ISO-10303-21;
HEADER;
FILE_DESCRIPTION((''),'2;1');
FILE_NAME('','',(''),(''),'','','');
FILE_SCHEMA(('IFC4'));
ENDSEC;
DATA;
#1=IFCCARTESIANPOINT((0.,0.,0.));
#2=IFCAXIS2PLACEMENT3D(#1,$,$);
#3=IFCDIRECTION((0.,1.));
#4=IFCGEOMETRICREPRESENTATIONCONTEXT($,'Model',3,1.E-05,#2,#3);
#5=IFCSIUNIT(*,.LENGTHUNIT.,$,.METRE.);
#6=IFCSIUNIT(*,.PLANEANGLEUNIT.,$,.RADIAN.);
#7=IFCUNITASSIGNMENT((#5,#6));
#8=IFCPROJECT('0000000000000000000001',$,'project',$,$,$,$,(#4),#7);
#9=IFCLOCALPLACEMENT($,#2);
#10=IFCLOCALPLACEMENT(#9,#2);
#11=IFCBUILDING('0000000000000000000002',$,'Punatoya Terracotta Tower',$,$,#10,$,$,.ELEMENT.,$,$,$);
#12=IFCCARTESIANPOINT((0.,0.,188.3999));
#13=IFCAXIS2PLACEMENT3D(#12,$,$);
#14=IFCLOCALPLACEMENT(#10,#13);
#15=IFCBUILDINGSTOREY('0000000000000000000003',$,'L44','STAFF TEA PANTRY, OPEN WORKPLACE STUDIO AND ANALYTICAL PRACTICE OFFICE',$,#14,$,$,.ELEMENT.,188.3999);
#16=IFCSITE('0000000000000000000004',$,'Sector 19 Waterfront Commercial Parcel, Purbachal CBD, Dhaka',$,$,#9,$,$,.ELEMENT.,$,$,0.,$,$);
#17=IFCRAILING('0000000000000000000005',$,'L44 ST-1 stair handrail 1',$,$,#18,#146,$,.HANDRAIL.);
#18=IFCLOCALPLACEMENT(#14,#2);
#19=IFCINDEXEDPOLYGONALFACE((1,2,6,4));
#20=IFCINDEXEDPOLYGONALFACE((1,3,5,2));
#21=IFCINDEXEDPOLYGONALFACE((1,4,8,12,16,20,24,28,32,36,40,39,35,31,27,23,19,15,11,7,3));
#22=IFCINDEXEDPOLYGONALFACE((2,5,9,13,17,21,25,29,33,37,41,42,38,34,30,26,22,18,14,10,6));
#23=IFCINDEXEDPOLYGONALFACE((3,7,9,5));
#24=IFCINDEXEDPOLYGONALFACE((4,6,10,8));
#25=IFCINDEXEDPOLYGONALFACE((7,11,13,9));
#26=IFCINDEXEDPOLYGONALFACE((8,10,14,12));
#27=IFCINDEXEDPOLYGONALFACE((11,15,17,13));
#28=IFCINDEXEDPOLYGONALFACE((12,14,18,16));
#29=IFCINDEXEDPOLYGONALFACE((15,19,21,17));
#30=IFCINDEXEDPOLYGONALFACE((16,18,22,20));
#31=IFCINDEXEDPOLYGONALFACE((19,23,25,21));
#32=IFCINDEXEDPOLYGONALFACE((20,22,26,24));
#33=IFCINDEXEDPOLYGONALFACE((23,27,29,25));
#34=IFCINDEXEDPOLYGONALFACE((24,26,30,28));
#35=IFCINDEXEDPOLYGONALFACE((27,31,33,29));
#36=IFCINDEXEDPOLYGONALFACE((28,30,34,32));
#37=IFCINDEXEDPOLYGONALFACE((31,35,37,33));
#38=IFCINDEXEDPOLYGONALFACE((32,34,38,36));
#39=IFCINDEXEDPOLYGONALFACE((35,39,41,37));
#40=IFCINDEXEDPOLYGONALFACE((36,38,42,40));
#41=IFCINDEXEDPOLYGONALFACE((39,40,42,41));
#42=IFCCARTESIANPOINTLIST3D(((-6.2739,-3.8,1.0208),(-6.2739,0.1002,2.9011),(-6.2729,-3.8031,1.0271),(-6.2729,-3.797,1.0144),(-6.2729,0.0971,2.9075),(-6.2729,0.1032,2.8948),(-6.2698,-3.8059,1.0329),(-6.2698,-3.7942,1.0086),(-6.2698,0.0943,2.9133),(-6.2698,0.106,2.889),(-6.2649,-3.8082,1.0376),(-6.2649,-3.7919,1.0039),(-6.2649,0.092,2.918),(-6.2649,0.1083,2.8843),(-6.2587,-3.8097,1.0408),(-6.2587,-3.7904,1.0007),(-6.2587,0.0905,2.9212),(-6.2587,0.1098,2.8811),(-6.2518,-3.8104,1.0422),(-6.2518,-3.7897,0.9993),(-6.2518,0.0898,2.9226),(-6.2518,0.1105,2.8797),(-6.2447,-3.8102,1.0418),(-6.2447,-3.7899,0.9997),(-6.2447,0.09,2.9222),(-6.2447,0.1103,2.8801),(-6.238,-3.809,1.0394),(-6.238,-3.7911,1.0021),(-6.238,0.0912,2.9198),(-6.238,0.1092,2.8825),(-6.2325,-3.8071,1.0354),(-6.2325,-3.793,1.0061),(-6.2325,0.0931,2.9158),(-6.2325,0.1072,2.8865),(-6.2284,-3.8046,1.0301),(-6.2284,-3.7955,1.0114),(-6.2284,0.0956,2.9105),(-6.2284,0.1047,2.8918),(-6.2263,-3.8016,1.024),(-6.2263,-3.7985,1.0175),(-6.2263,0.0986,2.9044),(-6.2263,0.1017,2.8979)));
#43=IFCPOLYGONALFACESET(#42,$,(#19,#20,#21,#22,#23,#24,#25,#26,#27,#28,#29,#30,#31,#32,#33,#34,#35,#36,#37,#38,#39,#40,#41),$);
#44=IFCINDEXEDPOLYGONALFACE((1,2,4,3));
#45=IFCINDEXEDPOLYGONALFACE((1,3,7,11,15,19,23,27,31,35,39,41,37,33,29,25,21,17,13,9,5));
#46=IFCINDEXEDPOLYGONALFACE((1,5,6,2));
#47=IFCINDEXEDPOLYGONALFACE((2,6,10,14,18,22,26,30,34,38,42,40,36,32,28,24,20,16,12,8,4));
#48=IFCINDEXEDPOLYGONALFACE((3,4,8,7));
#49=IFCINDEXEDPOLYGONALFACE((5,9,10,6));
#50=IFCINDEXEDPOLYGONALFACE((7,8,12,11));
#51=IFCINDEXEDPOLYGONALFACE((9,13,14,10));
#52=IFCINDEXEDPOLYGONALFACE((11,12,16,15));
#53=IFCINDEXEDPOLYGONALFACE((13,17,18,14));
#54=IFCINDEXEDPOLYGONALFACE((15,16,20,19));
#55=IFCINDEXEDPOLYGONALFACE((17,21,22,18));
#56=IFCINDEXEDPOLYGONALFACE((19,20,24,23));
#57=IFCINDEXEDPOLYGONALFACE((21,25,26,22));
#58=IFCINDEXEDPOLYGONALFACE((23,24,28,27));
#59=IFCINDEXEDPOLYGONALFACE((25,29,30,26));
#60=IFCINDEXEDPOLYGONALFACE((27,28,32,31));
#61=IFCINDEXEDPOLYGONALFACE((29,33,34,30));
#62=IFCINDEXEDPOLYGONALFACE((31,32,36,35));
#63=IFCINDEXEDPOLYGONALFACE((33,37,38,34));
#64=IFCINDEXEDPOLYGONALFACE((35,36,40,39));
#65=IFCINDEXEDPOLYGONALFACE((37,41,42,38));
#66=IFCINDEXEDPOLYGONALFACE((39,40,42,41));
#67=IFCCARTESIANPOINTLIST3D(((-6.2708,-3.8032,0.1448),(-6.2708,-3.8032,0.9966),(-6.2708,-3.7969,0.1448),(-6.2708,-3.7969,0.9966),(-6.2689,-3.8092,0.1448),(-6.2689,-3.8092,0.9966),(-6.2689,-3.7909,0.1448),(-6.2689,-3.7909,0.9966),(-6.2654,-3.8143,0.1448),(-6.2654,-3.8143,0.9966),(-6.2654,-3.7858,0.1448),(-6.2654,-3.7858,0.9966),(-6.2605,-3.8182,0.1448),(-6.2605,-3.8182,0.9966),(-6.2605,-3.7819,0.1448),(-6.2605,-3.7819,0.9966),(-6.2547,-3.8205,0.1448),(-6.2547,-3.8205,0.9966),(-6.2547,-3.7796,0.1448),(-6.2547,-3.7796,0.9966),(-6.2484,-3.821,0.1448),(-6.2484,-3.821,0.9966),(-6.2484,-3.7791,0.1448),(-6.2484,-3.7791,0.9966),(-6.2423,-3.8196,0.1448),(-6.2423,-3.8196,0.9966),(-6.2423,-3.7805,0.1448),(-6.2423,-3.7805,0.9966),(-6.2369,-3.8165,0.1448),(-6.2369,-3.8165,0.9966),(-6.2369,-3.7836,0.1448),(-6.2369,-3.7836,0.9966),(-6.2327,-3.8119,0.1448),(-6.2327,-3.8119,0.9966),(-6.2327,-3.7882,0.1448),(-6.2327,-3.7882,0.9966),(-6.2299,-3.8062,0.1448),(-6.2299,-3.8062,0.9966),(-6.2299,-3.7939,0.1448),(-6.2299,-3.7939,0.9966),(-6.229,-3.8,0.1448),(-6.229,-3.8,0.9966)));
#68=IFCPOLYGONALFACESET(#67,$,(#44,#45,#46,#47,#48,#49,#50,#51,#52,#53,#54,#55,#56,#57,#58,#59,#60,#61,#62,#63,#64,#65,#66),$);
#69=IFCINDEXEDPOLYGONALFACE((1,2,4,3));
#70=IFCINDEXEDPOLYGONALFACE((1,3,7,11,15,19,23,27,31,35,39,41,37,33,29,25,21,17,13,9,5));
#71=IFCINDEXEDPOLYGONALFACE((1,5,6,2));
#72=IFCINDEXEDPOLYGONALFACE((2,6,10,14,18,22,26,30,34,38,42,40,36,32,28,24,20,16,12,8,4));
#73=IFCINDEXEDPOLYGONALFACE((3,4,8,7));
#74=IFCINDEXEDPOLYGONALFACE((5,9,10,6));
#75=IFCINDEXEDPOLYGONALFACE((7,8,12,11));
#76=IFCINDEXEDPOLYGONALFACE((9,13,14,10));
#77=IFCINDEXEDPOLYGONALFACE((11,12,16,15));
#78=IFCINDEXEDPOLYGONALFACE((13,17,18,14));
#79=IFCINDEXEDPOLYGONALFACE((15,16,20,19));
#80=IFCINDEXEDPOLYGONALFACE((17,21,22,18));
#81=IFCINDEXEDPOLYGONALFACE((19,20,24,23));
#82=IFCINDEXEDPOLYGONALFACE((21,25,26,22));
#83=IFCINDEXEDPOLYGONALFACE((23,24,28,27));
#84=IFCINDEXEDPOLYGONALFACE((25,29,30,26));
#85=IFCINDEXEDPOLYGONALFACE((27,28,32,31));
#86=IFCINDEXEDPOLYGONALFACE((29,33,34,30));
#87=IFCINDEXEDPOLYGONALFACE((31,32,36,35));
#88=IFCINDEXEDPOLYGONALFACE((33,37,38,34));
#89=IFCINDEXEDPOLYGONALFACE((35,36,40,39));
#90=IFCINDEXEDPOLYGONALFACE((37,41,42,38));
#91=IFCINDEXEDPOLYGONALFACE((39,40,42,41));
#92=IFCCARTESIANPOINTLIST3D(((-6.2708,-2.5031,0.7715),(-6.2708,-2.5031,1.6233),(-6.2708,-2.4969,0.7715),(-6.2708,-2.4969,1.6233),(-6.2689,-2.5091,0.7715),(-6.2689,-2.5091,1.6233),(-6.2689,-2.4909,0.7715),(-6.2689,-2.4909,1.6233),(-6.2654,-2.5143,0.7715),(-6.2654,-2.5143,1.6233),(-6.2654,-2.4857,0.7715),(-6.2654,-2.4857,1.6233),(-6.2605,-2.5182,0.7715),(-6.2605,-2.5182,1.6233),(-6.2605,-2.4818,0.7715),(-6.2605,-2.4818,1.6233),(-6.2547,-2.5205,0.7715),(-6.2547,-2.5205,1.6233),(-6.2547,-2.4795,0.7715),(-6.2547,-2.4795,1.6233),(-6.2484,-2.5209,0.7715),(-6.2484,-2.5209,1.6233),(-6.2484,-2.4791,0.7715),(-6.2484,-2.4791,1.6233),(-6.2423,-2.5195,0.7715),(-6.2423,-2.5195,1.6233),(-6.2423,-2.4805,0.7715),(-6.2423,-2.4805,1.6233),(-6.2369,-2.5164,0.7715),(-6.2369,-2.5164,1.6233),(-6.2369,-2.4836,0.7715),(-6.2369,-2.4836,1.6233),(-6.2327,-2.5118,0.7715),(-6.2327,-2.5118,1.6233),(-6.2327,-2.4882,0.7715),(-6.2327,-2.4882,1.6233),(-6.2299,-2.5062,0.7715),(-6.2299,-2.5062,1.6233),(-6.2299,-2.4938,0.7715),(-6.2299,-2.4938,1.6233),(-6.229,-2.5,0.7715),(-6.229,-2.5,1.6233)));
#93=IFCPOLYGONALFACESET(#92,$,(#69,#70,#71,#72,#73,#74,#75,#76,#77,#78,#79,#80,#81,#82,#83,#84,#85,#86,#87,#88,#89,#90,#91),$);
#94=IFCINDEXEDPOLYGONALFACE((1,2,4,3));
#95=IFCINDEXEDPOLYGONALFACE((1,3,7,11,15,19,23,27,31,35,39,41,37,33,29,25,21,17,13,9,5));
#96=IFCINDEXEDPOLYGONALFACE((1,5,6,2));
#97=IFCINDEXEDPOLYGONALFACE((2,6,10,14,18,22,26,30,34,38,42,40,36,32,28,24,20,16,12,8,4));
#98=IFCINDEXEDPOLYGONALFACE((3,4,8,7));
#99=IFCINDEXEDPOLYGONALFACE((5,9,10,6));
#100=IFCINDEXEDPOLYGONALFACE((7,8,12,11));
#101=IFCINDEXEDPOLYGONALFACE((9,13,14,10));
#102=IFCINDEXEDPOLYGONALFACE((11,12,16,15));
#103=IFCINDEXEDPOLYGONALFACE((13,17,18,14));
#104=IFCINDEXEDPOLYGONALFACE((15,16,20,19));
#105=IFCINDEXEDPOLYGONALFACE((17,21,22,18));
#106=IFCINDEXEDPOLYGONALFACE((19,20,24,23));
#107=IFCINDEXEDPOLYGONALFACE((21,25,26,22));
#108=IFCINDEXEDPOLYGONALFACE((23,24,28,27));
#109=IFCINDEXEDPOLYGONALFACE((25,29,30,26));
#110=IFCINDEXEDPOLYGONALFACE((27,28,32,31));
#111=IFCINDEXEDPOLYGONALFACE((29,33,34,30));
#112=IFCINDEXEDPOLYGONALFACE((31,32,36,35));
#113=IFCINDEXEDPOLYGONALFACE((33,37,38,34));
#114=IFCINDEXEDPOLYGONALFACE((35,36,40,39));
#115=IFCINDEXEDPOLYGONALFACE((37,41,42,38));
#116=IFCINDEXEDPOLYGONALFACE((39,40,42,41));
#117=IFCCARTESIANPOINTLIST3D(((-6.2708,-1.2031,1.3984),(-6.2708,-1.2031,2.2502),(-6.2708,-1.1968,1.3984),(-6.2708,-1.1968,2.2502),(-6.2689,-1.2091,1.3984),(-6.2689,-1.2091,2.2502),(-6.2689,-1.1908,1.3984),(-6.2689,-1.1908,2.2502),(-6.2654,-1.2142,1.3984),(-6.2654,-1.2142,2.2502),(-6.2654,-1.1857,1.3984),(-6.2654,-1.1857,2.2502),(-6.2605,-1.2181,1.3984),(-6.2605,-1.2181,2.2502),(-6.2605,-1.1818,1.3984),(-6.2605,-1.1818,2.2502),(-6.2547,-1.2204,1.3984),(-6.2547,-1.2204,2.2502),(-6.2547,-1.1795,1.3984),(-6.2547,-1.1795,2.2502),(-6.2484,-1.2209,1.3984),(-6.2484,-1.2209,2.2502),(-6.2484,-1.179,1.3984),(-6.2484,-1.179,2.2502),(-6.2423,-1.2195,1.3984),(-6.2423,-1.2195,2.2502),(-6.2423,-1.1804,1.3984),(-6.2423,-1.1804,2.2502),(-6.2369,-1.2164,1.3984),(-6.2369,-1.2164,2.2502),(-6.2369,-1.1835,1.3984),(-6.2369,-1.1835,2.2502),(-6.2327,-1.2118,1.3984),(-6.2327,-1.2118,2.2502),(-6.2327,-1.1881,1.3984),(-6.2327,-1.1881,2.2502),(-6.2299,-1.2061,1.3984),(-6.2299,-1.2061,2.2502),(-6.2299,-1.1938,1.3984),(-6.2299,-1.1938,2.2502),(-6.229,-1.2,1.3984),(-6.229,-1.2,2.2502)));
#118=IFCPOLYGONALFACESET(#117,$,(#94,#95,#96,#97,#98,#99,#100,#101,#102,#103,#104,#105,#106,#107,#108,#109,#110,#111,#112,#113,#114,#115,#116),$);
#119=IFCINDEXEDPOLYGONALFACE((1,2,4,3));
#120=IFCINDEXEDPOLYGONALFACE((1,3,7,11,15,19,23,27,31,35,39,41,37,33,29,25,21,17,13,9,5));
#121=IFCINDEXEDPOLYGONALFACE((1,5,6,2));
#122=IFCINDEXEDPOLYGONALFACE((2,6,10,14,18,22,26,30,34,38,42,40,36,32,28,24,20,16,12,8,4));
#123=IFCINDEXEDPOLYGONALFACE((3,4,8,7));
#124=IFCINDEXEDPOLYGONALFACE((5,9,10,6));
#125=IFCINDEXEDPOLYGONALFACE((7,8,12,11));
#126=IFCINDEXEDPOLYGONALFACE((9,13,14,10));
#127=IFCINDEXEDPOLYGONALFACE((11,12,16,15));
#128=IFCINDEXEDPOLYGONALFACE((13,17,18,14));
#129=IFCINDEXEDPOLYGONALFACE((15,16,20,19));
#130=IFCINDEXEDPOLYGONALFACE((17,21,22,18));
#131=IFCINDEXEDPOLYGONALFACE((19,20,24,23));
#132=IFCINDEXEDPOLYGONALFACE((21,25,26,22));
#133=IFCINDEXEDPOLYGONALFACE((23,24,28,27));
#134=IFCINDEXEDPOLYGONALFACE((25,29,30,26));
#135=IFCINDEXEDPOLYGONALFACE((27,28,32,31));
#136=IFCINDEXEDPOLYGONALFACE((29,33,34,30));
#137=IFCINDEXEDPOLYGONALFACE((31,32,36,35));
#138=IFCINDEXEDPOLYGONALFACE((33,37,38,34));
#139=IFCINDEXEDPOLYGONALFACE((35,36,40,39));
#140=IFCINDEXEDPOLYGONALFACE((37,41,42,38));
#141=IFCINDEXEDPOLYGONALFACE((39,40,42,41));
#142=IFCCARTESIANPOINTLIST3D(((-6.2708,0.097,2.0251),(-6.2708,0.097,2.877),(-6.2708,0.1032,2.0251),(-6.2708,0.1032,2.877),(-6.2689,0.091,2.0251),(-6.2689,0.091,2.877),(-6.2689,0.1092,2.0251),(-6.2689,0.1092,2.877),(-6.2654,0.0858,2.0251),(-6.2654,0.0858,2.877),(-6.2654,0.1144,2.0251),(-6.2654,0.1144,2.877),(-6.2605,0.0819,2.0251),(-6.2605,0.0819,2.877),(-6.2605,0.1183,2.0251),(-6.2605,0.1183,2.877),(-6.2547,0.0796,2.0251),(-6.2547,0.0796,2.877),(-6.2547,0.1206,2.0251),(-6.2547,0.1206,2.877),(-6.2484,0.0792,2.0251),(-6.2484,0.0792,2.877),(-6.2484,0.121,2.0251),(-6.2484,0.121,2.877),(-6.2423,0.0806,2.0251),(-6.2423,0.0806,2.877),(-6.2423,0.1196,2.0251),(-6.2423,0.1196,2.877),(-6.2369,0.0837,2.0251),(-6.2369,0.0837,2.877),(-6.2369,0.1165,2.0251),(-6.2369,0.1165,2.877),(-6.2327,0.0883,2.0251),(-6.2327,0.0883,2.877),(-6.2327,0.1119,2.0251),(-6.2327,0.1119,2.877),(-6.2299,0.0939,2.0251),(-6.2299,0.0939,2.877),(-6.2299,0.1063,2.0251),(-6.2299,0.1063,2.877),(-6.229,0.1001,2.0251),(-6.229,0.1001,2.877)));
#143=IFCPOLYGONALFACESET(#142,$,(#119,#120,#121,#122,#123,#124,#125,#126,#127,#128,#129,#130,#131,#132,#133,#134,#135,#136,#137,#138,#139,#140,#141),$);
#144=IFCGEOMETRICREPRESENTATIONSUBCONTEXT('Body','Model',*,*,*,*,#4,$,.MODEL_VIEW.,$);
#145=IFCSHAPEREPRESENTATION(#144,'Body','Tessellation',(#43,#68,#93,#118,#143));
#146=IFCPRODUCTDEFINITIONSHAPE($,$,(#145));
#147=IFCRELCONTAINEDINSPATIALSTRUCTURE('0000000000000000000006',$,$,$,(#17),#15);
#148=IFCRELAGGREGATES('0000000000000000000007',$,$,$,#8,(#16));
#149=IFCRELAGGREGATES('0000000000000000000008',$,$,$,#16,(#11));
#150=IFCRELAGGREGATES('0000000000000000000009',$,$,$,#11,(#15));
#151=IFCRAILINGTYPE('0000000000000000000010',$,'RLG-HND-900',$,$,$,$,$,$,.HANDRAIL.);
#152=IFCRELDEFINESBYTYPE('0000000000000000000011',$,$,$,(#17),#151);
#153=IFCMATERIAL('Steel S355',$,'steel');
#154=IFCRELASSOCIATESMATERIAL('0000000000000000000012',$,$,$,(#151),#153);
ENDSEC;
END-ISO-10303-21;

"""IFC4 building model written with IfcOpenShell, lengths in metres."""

from ifc_helpers import new_model, si_unit, direction, frame, origin, origin_2d, place, context, subcontext, project, spatial, circle, extrude, material, type_object, element, save


model = new_model("IFC4")

# Units and contexts
model_context = context("Model", 3, precision=1e-05, world=origin(), true_north=direction((0.0, 1.0)))
body_context = subcontext(model_context, "Body", "Model", "MODEL_VIEW")
ifc_project = project(units=[si_unit("LENGTHUNIT", "METRE"), si_unit("PLANEANGLEUNIT", "RADIAN")], contexts=[model_context])

# Site, building, storey
site_placement = place(None, origin())
site = spatial("IfcSite", under=ifc_project, at=site_placement, Name="Sector 19 Waterfront Commercial Parcel, Purbachal CBD, Dhaka", CompositionType="ELEMENT", RefElevation=0.0)
building_placement = place(site_placement, origin())
building = spatial("IfcBuilding", under=site, at=building_placement, Name="Punatoya Terracotta Tower", CompositionType="ELEMENT")
storey_placement = place(building_placement, frame((0.0, 0.0, 188.3999)))
storey = spatial("IfcBuildingStorey", under=building, at=storey_placement, Name="L44", Description="STAFF TEA PANTRY, OPEN WORKPLACE STUDIO AND ANALYTICAL PRACTICE OFFICE", CompositionType="ELEMENT", Elevation=188.3999)

# Shared definitions
ifc_material_1 = material(Name="Steel S355", Category="steel")

# Railing
railing_type_1 = type_object("IfcRailingType", Name="RLG-HND-900", PredefinedType="HANDRAIL", material=ifc_material_1)
railing_1_placement = place(storey_placement, frame((-6.25, -3.8, 0.1448)))
element("IfcRailing", 1, at=railing_1_placement, inside=storey, type_object=railing_type_1, Name="L44 ST-1 stair handrail 1", PredefinedType="HANDRAIL", context=body_context, shape_type="SweptSolid", body=[
    extrude(circle(Radius=0.0239, at=origin_2d()), frame((0.0, 0.0, 0.876), z_axis=(0.0, 0.900774, 0.434289), x_axis=(-1.0, 0.0, 0.0)), (0.0, 0.0, 1.0), 4.3298),
    extrude(circle(Radius=0.021, at=origin_2d()), origin(), (0.0, 0.0, 1.0), 0.8518),
    extrude(circle(Radius=0.021, at=origin_2d()), frame((0.0, 1.3, 0.6267)), (0.0, 0.0, 1.0), 0.8518),
    extrude(circle(Radius=0.021, at=origin_2d()), frame((0.0, 2.6001, 1.2537)), (0.0, 0.0, 1.0), 0.8518),
    extrude(circle(Radius=0.021, at=origin_2d()), frame((0.0, 3.9001, 1.8804)), (0.0, 0.0, 1.0), 0.8518),
])

save(model, "model.ifc")
